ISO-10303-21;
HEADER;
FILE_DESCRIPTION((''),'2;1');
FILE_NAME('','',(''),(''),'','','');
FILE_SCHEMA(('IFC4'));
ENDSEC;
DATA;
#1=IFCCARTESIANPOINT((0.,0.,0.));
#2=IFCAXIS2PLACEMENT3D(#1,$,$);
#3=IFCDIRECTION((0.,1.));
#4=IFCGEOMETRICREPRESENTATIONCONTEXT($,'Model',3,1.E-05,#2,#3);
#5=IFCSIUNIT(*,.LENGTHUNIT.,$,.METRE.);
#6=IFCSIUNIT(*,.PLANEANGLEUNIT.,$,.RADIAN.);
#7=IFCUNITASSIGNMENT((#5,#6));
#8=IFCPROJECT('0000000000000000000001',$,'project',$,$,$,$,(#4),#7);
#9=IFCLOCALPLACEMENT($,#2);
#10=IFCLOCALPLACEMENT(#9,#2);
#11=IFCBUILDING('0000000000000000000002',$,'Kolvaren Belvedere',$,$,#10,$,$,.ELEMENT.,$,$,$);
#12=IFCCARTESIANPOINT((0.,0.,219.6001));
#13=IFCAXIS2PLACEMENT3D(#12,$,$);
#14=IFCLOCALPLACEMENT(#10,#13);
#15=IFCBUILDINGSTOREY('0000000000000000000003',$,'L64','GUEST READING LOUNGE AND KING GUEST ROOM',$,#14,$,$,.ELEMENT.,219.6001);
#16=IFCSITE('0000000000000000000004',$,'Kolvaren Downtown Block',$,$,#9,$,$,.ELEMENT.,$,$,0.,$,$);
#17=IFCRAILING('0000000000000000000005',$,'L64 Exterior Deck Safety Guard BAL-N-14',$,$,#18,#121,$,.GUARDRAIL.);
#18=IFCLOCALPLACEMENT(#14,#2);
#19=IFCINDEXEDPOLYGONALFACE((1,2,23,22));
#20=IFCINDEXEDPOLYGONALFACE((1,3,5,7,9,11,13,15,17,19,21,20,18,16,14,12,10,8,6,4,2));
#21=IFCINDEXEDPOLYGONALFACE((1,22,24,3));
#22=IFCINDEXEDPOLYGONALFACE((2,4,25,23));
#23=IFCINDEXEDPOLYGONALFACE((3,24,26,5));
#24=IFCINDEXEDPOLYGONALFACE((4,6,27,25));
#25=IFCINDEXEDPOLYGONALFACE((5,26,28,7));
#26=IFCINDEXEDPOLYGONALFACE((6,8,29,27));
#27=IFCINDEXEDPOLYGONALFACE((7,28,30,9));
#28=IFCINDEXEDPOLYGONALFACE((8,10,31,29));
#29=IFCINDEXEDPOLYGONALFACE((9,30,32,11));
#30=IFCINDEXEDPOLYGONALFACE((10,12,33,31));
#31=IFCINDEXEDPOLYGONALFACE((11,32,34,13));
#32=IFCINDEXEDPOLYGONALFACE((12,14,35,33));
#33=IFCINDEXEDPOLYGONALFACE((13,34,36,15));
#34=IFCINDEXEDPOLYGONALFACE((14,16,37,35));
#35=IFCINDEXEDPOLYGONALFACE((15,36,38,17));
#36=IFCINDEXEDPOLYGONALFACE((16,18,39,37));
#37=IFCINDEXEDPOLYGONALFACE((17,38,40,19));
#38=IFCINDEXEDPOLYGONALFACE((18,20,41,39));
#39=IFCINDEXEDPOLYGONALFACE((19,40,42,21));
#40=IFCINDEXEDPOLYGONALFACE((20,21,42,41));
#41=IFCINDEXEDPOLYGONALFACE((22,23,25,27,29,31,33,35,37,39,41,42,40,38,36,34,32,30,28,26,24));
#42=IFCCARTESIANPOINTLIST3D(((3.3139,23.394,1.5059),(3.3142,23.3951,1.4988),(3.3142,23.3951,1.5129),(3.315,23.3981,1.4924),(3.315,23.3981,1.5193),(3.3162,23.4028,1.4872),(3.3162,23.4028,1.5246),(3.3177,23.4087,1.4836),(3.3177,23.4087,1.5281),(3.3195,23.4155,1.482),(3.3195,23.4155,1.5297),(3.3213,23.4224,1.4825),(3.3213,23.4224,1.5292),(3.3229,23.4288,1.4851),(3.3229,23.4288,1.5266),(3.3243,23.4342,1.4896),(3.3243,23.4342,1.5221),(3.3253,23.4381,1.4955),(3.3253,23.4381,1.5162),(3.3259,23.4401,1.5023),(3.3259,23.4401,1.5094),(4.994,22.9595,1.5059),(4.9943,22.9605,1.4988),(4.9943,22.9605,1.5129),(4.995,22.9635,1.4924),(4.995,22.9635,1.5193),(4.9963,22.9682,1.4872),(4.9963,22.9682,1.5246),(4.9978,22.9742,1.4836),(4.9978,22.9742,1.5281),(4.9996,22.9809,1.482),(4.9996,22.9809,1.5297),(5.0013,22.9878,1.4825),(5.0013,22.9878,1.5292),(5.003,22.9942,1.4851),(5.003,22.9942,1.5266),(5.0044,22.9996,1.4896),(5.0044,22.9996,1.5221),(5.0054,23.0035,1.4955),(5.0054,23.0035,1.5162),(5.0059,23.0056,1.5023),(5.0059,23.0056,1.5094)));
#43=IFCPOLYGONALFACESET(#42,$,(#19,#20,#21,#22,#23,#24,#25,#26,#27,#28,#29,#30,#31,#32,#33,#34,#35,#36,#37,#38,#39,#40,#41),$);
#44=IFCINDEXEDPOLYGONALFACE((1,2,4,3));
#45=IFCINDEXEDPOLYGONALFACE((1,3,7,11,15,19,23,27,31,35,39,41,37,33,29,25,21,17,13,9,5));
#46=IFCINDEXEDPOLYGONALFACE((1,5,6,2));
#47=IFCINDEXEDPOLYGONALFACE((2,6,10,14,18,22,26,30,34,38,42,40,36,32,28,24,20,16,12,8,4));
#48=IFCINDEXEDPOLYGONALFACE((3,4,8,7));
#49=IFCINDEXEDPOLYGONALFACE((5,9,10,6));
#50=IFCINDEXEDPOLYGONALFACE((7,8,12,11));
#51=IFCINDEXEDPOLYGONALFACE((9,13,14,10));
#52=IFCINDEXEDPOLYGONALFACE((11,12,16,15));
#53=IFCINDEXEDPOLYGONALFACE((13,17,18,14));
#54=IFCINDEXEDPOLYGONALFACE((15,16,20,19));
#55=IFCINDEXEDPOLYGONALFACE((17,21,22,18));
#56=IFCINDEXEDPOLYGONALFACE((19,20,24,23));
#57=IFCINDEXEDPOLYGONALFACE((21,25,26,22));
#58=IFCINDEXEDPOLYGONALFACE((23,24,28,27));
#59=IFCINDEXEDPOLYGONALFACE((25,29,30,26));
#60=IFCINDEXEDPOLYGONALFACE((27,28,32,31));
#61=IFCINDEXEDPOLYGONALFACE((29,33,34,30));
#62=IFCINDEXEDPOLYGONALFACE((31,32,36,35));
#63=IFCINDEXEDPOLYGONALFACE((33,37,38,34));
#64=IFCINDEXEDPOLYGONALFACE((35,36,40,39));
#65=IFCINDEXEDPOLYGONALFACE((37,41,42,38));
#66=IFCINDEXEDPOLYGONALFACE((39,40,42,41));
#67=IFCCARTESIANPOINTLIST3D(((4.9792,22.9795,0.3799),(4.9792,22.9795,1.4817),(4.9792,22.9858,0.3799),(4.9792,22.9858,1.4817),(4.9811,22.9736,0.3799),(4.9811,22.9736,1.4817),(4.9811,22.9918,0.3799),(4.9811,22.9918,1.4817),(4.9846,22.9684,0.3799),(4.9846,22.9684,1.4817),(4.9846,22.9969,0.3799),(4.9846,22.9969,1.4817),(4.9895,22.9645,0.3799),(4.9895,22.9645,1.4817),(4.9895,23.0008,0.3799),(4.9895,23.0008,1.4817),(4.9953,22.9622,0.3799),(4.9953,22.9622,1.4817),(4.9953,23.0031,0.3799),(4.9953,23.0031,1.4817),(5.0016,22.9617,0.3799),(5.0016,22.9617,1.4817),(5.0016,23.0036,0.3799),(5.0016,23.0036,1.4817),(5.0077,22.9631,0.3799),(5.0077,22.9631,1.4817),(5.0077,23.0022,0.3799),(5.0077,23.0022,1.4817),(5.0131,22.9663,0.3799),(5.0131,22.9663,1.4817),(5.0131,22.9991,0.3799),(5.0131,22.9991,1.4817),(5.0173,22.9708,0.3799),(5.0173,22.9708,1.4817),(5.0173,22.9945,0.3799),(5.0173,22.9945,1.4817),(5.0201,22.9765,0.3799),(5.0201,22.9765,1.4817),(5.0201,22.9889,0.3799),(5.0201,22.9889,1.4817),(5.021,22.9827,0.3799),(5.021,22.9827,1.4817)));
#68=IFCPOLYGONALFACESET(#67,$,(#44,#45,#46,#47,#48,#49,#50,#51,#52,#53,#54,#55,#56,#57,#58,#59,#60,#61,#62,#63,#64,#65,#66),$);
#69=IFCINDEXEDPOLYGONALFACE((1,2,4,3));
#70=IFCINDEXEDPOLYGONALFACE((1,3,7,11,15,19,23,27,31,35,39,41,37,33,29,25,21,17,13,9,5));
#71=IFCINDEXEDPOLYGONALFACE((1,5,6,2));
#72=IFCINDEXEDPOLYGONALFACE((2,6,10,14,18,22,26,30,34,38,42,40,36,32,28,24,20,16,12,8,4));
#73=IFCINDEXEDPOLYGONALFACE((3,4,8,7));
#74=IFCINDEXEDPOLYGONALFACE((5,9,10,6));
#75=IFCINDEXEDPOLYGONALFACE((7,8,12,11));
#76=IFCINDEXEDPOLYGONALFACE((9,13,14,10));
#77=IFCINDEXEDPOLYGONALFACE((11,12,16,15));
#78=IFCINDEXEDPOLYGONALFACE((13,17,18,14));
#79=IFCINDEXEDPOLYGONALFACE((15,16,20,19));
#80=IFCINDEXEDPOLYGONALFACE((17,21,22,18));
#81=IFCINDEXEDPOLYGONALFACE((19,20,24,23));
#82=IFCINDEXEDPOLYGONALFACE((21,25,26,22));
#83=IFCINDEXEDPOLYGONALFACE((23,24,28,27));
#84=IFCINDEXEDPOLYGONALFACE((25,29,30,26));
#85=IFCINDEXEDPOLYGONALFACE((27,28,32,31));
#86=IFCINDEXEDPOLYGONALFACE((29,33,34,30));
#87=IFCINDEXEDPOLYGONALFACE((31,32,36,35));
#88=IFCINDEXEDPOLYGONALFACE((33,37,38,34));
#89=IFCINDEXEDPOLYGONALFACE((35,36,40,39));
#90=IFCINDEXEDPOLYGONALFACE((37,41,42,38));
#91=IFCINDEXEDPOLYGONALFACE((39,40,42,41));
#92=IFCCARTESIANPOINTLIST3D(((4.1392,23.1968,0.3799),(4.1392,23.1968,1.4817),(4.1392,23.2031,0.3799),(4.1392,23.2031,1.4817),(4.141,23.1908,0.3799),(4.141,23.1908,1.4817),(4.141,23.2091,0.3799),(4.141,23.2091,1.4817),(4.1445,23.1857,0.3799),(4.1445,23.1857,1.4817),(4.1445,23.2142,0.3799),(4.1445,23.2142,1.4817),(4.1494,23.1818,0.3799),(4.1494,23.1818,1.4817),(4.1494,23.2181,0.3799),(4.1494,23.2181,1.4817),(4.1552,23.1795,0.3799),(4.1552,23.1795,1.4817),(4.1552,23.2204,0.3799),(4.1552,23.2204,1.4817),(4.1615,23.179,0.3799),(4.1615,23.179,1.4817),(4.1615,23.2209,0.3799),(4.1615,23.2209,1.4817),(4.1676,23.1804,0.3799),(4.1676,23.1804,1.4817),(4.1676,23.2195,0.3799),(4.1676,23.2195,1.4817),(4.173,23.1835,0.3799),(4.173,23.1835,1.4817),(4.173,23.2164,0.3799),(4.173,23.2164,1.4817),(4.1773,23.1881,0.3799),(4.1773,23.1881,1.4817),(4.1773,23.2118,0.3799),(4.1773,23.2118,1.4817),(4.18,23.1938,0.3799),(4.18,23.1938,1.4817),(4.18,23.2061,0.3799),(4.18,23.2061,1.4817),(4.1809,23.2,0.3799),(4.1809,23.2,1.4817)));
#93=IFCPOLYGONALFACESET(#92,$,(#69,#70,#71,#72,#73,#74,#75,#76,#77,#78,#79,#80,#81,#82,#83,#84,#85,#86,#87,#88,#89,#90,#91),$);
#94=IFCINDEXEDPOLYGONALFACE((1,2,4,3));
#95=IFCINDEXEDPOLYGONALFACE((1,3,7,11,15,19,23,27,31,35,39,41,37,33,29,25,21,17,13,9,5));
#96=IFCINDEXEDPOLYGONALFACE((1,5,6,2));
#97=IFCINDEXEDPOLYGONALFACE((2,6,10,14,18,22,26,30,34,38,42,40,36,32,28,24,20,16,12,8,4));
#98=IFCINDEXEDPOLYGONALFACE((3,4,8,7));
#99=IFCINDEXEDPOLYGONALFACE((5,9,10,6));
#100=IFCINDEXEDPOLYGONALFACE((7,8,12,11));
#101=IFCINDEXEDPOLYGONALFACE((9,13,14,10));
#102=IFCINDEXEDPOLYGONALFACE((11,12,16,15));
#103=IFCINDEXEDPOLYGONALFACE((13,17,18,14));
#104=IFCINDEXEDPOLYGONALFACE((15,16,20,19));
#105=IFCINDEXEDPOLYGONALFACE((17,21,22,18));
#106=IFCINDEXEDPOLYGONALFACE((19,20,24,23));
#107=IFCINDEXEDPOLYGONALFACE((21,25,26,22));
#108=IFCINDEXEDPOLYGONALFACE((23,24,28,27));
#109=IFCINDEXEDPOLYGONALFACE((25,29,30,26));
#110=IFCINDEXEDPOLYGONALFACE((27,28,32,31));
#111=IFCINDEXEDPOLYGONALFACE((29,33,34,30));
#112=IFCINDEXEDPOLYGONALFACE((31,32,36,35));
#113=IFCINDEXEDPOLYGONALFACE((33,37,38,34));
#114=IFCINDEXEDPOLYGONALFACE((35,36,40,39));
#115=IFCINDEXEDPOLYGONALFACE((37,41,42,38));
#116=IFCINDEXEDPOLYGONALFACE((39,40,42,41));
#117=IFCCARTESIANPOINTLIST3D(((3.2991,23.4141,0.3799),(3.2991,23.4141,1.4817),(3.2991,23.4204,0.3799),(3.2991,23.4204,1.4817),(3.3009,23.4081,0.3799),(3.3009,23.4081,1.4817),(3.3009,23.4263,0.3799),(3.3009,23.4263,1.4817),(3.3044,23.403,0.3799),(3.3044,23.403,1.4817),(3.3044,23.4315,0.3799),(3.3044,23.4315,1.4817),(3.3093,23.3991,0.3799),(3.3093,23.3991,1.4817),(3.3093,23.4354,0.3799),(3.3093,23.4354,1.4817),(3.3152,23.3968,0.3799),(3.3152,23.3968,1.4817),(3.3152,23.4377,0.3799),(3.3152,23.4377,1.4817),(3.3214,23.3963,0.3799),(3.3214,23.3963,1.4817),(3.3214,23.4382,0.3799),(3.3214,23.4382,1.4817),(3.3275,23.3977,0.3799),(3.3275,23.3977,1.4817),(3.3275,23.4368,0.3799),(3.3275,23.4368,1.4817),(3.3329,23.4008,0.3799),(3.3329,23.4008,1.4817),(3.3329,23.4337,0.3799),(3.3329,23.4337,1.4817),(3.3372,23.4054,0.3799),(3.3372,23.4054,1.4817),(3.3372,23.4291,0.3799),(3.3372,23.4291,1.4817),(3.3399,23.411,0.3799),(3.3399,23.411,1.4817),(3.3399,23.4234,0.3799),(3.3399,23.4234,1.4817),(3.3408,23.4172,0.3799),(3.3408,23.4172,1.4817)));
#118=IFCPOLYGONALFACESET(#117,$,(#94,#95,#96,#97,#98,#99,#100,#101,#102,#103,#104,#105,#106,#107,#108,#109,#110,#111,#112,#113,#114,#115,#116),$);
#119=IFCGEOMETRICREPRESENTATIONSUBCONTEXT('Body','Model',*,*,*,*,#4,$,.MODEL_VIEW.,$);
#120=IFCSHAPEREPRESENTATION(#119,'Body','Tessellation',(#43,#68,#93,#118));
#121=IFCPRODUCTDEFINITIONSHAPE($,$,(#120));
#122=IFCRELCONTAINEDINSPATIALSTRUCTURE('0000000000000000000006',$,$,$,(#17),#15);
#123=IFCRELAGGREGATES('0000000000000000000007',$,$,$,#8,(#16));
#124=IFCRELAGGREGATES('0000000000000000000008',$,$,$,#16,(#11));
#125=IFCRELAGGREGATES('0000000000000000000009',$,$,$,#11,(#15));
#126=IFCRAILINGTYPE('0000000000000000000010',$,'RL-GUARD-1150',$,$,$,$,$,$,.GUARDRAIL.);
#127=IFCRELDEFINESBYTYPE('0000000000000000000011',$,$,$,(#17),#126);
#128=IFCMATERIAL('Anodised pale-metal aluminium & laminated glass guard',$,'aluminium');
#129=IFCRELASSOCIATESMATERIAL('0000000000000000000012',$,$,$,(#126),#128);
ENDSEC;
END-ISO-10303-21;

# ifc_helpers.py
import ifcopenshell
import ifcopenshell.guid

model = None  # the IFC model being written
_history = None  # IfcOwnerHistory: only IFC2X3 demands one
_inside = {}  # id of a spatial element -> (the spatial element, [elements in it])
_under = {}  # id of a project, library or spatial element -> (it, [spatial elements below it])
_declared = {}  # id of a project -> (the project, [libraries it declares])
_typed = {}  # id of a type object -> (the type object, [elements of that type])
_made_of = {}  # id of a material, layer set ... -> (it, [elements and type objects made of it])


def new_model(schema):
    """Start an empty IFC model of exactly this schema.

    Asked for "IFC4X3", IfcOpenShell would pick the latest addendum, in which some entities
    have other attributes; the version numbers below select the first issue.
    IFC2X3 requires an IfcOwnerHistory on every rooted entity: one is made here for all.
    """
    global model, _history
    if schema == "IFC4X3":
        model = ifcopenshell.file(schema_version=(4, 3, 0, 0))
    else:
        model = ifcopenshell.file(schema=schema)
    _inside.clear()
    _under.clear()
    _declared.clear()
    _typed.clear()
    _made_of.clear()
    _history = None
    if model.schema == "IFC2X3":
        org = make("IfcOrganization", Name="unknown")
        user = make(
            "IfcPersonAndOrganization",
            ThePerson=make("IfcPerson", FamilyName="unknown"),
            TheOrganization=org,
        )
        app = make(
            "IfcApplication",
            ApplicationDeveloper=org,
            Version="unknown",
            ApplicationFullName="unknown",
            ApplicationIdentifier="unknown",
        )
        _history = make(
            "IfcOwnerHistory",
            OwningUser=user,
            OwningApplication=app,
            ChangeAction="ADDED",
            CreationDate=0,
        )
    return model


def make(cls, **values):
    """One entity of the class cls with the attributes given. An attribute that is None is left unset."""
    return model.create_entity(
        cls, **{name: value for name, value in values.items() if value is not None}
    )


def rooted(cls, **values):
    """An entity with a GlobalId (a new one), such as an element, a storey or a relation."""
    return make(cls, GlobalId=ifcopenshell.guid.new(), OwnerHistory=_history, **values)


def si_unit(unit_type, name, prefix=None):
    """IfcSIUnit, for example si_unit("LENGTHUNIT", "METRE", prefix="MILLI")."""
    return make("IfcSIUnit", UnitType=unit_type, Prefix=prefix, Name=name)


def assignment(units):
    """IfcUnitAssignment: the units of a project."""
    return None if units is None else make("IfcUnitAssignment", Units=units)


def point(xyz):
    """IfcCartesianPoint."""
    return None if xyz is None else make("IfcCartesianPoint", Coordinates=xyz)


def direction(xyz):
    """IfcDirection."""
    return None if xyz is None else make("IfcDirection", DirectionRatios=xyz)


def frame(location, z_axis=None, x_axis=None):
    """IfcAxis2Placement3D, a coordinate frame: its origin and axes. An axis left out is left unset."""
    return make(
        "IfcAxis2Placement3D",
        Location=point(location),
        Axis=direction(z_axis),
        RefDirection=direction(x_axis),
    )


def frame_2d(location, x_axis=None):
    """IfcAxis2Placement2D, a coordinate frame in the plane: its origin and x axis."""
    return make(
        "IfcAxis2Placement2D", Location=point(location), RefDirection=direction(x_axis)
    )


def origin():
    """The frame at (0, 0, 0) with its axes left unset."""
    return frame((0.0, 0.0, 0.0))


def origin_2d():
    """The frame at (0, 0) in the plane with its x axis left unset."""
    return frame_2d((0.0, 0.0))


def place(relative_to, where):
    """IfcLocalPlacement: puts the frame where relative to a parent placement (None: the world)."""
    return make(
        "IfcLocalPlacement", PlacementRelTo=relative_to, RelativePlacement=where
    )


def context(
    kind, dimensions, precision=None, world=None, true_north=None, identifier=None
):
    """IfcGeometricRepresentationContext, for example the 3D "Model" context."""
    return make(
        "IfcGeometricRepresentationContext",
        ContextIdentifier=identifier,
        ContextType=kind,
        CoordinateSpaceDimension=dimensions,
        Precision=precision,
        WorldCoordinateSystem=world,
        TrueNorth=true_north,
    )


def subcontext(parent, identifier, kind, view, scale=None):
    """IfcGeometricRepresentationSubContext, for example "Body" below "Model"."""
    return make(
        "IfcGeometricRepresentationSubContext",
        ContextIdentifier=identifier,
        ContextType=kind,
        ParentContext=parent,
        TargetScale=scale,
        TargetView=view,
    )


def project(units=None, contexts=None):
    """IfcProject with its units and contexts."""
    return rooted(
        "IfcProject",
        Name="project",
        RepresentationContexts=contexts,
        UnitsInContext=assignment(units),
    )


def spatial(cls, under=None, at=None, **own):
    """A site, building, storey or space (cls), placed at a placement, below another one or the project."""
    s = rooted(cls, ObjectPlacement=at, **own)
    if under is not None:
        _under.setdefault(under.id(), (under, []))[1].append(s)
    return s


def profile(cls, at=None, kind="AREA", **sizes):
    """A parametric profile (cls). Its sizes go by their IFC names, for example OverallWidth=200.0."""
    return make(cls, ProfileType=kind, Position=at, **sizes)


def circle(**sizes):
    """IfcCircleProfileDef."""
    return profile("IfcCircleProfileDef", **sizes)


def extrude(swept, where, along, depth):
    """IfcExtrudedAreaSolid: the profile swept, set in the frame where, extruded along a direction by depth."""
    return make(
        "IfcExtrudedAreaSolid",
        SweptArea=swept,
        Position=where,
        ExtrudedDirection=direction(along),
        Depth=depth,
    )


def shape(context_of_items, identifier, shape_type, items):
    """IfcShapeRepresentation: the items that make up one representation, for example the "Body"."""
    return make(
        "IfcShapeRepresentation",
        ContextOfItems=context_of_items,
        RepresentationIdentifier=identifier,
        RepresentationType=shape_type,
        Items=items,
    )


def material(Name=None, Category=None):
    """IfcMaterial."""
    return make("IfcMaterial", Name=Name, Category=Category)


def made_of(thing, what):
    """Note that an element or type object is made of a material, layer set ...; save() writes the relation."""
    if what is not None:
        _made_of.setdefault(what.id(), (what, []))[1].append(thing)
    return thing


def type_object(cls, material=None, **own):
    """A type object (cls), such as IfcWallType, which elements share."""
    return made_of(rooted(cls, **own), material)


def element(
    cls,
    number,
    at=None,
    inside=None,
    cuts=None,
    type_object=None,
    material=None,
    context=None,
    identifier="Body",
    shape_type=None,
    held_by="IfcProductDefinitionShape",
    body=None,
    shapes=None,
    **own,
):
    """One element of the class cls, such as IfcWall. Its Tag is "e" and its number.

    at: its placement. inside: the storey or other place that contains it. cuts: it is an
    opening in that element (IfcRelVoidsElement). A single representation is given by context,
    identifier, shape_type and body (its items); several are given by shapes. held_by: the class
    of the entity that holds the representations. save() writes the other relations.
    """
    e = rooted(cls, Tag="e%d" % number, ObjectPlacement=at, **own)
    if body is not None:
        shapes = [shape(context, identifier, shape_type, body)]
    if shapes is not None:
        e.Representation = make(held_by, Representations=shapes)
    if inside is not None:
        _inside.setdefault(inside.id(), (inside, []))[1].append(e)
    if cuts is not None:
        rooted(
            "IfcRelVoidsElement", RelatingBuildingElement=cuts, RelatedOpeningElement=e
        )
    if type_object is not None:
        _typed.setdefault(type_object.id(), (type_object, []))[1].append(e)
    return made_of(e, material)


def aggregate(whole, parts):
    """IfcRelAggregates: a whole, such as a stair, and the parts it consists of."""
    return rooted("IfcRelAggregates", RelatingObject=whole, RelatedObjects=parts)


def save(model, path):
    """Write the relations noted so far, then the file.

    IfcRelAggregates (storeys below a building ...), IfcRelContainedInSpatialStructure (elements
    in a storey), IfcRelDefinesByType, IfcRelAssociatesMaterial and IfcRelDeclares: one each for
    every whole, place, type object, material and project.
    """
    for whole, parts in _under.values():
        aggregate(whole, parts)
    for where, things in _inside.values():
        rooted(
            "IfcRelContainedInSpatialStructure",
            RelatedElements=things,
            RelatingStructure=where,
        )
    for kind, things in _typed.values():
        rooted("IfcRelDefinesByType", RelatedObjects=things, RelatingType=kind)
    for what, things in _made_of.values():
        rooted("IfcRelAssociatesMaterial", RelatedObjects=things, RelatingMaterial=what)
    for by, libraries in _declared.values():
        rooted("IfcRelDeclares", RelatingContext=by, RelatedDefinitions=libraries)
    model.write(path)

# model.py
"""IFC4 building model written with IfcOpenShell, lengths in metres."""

from ifc_helpers import new_model, si_unit, direction, frame, origin, origin_2d, place, context, subcontext, project, spatial, circle, extrude, material, type_object, element, save


model = new_model("IFC4")

# Units and contexts
model_context = context("Model", 3, precision=1e-05, world=origin(), true_north=direction((0.0, 1.0)))
body_context = subcontext(model_context, "Body", "Model", "MODEL_VIEW")
ifc_project = project(units=[si_unit("LENGTHUNIT", "METRE"), si_unit("PLANEANGLEUNIT", "RADIAN")], contexts=[model_context])

# Site, building, storey
site_placement = place(None, origin())
site = spatial("IfcSite", under=ifc_project, at=site_placement, Name="Kolvaren Downtown Block", CompositionType="ELEMENT", RefElevation=0.0)
building_placement = place(site_placement, origin())
building = spatial("IfcBuilding", under=site, at=building_placement, Name="Kolvaren Belvedere", CompositionType="ELEMENT")
storey_placement = place(building_placement, frame((0.0, 0.0, 219.6001)))
storey = spatial("IfcBuildingStorey", under=building, at=storey_placement, Name="L64", Description="GUEST READING LOUNGE AND KING GUEST ROOM", CompositionType="ELEMENT", Elevation=219.6001)

# Railing
ifc_material_1 = material(Name="Anodised pale-metal aluminium & laminated glass guard", Category="aluminium")
railing_type = type_object("IfcRailingType", Name="RL-GUARD-1150", PredefinedType="GUARDRAIL", material=ifc_material_1)
railing_1_placement = place(storey_placement, frame((5.0, 22.9827, 0.3799)))
element("IfcRailing", 1, at=railing_1_placement, inside=storey, type_object=railing_type, Name="L64 Exterior Deck Safety Guard BAL-N-14", PredefinedType="GUARDRAIL", context=body_context, shape_type="SweptSolid", body=[
    extrude(circle(Radius=0.0239, at=origin_2d()), frame((0.0, 0.0, 1.126), z_axis=(-0.968141, 0.250406, 0.0), x_axis=(-0.250406, -0.968141, 0.0)), (0.0, 0.0, 1.0), 1.7354),
    extrude(circle(Radius=0.021, at=origin_2d()), origin(), (0.0, 0.0, 1.0), 1.1018),
    extrude(circle(Radius=0.021, at=origin_2d()), frame((-0.8401, 0.2173, 0.0)), (0.0, 0.0, 1.0), 1.1018),
    extrude(circle(Radius=0.021, at=origin_2d()), frame((-1.6802, 0.4346, 0.0)), (0.0, 0.0, 1.0), 1.1018),
])

save(model, "model.ifc")
